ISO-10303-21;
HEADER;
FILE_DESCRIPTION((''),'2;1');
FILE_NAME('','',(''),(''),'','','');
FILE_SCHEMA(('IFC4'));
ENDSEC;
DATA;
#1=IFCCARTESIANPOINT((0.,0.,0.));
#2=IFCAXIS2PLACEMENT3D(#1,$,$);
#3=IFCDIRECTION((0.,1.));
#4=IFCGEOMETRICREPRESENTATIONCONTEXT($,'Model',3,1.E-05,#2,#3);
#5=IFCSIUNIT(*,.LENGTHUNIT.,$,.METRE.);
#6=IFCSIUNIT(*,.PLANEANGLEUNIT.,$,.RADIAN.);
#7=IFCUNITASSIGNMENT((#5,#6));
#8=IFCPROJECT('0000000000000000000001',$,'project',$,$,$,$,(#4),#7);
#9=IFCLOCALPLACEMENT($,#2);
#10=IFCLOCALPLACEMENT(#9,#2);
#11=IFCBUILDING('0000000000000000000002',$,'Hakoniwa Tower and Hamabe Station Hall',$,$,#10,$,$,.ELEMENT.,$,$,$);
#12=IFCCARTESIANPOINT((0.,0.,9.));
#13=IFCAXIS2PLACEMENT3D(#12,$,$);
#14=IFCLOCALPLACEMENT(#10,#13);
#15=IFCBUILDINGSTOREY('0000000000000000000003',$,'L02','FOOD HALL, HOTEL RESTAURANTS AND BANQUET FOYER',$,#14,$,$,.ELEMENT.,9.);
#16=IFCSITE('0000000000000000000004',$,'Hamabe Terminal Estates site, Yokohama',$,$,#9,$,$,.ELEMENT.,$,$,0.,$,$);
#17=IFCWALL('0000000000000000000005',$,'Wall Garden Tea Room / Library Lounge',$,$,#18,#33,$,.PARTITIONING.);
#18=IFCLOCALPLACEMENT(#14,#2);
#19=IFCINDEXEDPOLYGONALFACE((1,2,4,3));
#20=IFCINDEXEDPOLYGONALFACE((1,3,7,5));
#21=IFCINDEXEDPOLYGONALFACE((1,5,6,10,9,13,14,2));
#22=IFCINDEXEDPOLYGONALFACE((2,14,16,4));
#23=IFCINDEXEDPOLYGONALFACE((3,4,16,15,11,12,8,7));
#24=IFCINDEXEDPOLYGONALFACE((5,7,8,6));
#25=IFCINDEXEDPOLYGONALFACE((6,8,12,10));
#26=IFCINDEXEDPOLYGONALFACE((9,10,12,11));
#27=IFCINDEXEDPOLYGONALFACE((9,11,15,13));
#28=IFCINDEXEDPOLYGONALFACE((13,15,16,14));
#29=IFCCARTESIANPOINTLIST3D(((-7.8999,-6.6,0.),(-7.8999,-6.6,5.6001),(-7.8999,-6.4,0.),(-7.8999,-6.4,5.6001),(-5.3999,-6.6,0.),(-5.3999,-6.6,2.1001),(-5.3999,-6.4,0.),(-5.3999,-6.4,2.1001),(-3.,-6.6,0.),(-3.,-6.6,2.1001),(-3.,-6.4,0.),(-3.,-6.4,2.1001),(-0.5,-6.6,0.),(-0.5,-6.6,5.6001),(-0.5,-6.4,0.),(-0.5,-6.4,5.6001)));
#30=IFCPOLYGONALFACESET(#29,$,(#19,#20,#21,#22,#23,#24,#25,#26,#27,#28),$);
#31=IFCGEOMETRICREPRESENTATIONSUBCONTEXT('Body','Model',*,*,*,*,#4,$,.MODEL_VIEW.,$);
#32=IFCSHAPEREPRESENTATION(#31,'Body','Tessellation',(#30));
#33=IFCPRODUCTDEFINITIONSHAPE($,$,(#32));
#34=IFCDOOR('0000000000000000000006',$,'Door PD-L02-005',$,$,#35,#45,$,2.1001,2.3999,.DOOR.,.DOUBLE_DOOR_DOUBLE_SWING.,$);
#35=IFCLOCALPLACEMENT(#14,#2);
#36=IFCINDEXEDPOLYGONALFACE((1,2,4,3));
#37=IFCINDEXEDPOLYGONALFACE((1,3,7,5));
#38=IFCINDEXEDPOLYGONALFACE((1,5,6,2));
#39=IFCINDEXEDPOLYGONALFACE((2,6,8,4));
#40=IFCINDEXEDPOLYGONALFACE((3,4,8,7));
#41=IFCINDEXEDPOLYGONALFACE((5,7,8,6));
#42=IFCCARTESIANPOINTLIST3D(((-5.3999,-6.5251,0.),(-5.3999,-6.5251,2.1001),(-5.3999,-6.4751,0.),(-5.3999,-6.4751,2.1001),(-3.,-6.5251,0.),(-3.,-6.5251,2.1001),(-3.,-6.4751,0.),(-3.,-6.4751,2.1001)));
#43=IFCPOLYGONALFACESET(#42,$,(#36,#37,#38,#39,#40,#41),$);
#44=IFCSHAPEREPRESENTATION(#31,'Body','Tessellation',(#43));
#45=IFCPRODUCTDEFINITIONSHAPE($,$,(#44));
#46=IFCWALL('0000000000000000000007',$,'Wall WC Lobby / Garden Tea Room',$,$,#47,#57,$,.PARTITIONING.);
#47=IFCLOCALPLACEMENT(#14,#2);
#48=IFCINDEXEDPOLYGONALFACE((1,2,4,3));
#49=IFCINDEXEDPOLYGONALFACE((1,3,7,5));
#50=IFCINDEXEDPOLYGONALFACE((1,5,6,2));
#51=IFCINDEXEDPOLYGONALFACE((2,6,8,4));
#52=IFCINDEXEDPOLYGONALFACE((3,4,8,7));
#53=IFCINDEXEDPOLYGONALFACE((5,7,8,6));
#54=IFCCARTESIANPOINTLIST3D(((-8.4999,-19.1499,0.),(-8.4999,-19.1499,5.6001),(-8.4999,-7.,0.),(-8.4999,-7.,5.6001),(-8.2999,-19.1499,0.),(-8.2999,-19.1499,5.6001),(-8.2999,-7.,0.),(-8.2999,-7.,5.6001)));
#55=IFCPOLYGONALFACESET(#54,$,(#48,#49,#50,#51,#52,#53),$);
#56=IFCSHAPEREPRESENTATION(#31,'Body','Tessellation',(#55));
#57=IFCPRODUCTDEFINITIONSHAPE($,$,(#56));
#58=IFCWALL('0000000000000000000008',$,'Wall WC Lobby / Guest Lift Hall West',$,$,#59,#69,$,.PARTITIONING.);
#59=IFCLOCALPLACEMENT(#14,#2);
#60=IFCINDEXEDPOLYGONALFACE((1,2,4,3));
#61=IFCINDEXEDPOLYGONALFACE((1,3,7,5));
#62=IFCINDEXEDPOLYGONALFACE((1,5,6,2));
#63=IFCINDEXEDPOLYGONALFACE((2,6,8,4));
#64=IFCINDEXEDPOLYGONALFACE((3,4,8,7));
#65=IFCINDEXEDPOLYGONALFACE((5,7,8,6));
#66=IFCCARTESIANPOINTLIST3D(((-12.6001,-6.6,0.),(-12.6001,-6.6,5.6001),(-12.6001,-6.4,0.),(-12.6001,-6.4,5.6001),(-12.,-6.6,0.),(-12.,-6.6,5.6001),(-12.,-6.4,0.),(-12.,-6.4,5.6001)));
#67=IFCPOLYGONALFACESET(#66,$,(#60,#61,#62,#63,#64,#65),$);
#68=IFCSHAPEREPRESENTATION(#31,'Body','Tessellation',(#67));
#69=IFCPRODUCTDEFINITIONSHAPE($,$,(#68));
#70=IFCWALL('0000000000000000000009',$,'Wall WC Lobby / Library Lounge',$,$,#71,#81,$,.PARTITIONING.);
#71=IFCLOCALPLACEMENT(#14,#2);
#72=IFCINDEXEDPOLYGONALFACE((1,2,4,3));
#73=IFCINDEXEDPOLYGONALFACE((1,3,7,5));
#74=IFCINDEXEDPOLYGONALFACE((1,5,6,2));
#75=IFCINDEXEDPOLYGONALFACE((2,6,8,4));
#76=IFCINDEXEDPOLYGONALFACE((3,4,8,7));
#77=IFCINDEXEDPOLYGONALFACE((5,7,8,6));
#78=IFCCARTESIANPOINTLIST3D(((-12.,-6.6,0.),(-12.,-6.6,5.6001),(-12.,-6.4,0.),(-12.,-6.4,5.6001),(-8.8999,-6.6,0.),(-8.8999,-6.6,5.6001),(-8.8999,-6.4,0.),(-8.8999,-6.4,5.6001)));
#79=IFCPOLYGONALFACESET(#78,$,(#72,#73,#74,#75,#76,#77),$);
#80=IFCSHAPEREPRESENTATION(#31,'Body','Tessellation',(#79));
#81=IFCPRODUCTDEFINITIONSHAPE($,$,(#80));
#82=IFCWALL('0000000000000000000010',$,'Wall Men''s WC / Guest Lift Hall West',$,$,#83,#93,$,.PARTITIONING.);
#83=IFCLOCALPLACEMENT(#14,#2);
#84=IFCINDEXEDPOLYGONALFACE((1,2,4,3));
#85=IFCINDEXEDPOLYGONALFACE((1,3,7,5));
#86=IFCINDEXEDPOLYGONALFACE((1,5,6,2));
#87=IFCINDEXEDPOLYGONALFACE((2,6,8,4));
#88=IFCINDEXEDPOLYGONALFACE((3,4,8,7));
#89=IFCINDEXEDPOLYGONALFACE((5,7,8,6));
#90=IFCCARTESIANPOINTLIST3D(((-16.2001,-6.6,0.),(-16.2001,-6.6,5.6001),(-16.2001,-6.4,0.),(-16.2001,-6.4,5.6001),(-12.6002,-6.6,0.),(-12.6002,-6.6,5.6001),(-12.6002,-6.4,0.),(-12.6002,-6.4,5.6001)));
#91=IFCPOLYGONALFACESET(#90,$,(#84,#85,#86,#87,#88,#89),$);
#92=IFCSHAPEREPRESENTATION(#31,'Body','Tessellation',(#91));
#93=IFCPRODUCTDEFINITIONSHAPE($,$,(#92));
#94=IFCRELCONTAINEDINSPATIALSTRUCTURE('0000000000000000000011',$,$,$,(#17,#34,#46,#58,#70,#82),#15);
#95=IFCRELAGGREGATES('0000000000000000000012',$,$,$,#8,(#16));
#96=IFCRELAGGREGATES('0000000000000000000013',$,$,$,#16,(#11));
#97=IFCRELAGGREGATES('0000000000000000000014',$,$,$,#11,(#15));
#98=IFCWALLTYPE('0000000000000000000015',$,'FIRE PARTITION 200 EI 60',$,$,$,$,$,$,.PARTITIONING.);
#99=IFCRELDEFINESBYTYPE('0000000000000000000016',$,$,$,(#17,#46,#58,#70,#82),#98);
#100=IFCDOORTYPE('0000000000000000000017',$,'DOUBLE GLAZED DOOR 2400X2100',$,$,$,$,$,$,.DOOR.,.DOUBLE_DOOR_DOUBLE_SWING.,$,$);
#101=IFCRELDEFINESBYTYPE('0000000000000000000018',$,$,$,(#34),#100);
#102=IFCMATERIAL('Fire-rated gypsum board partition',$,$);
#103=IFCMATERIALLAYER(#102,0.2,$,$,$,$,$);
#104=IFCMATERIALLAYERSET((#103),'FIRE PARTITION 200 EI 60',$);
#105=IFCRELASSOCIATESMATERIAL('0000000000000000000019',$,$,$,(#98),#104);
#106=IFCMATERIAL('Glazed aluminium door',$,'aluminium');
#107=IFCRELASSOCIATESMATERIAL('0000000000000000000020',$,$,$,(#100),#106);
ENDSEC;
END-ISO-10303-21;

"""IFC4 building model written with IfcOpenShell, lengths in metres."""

from ifc_helpers import new_model, si_unit, direction, frame, frame_2d, origin, place, context, subcontext, project, spatial, rectangle, extrude, material, layer, layer_set, type_object, element, fill, save


model = new_model("IFC4")

# Units and contexts
model_context = context("Model", 3, precision=1e-05, world=origin(), true_north=direction((0.0, 1.0)))
body_context = subcontext(model_context, "Body", "Model", "MODEL_VIEW")
ifc_project = project(units=[si_unit("LENGTHUNIT", "METRE"), si_unit("PLANEANGLEUNIT", "RADIAN")], contexts=[model_context])

# Site, building, storey
site_placement = place(None, origin())
site = spatial("IfcSite", under=ifc_project, at=site_placement, Name="Hamabe Terminal Estates site, Yokohama", CompositionType="ELEMENT", RefElevation=0.0)
building_placement = place(site_placement, origin())
building = spatial("IfcBuilding", under=site, at=building_placement, Name="Hakoniwa Tower and Hamabe Station Hall", CompositionType="ELEMENT")
storey_placement = place(building_placement, frame((0.0, 0.0, 9.0)))
storey = spatial("IfcBuildingStorey", under=building, at=storey_placement, Name="L02", Description="FOOD HALL, HOTEL RESTAURANTS AND BANQUET FOYER", CompositionType="ELEMENT", Elevation=9.0)

# Wall, opening, door
ifc_material_1 = material(Name="Fire-rated gypsum board partition")
ifc_layer_1 = layer(ifc_material_1, 0.2)
ifc_layer_set_1 = layer_set([ifc_layer_1], Name="FIRE PARTITION 200 EI 60")
wall_type_1 = type_object("IfcWallType", Name="FIRE PARTITION 200 EI 60", PredefinedType="PARTITIONING", material=ifc_layer_set_1)
wall_1_placement = place(storey_placement, frame((-7.8999, -6.5, 0.0), z_axis=(0.0, 0.0, 1.0), x_axis=(1.0, 0.0, 0.0)))
wall_1 = element("IfcWall", 1, at=wall_1_placement, inside=storey, type_object=wall_type_1, Name="Wall Garden Tea Room / Library Lounge", PredefinedType="PARTITIONING", context=body_context, shape_type="SweptSolid", body=[
    extrude(rectangle(XDim=7.3999, YDim=0.2, at=frame_2d((3.7, 0.0))), origin(), (0.0, 0.0, 1.0), 5.6001),
])
opening_1_placement = place(wall_1_placement, frame((2.5, 0.0, 0.0)))
opening_1 = element("IfcOpeningElement", 2, at=opening_1_placement, cuts=wall_1, PredefinedType="OPENING", context=body_context, shape_type="SweptSolid", body=[
    extrude(rectangle(XDim=2.3999, YDim=2.1001, at=frame_2d((1.2, 1.05))), frame((0.0, 0.1099, 0.0), z_axis=(0.0, -1.0, 0.0), x_axis=(1.0, 0.0, 0.0)), (0.0, 0.0, 1.0), 0.22),
])
ifc_material_2 = material(Name="Glazed aluminium door", Category="aluminium")
door_type_1 = type_object("IfcDoorType", Name="DOUBLE GLAZED DOOR 2400X2100", OperationType="DOUBLE_DOOR_DOUBLE_SWING", PredefinedType="DOOR", material=ifc_material_2)
door_1_placement = place(opening_1_placement, origin())
door_1 = element("IfcDoor", 3, at=door_1_placement, inside=storey, type_object=door_type_1, Name="Door PD-L02-005", OperationType="DOUBLE_DOOR_DOUBLE_SWING", OverallHeight=2.1001, OverallWidth=2.3999, PredefinedType="DOOR", context=body_context, shape_type="SweptSolid", body=[
    extrude(rectangle(XDim=2.3999, YDim=2.1001, at=frame_2d((1.2, 1.05))), frame((0.0, 0.0249, 0.0), z_axis=(0.0, -1.0, 0.0), x_axis=(1.0, 0.0, 0.0)), (0.0, 0.0, 1.0), 0.05),
])
fill(opening_1, door_1)

# Walls
wall_2_placement = place(storey_placement, frame((-8.3999, -7.0, 0.0), z_axis=(0.0, 0.0, 1.0), x_axis=(0.0, -1.0, 0.0)))
element("IfcWall", 4, at=wall_2_placement, inside=storey, type_object=wall_type_1, Name="Wall WC Lobby / Garden Tea Room", PredefinedType="PARTITIONING", context=body_context, shape_type="SweptSolid", body=[
    extrude(rectangle(XDim=12.1499, YDim=0.2, at=frame_2d((6.075, 0.0))), origin(), (0.0, 0.0, 1.0), 5.6001),
])
wall_3_placement = place(storey_placement, frame((-12.6001, -6.5, 0.0), z_axis=(0.0, 0.0, 1.0), x_axis=(1.0, 0.0, 0.0)))
element("IfcWall", 5, at=wall_3_placement, inside=storey, type_object=wall_type_1, Name="Wall WC Lobby / Guest Lift Hall West", PredefinedType="PARTITIONING", context=body_context, shape_type="SweptSolid", body=[
    extrude(rectangle(XDim=0.6001, YDim=0.2, at=frame_2d((0.3, 0.0))), origin(), (0.0, 0.0, 1.0), 5.6001),
])
wall_4_placement = place(storey_placement, frame((-12.0, -6.5, 0.0), z_axis=(0.0, 0.0, 1.0), x_axis=(1.0, 0.0, 0.0)))
element("IfcWall", 6, at=wall_4_placement, inside=storey, type_object=wall_type_1, Name="Wall WC Lobby / Library Lounge", PredefinedType="PARTITIONING", context=body_context, shape_type="SweptSolid", body=[
    extrude(rectangle(XDim=3.1001, YDim=0.2, at=frame_2d((1.55, 0.0))), origin(), (0.0, 0.0, 1.0), 5.6001),
])
wall_5_placement = place(storey_placement, frame((-16.2, -6.5, 0.0), z_axis=(0.0, 0.0, 1.0), x_axis=(1.0, 0.0, 0.0)))
element("IfcWall", 7, at=wall_5_placement, inside=storey, type_object=wall_type_1, Name="Wall Men's WC / Guest Lift Hall West", PredefinedType="PARTITIONING", context=body_context, shape_type="SweptSolid", body=[
    extrude(rectangle(XDim=3.5999, YDim=0.2, at=frame_2d((1.7998, 0.0))), origin(), (0.0, 0.0, 1.0), 5.6001),
])

save(model, "model.ifc")
